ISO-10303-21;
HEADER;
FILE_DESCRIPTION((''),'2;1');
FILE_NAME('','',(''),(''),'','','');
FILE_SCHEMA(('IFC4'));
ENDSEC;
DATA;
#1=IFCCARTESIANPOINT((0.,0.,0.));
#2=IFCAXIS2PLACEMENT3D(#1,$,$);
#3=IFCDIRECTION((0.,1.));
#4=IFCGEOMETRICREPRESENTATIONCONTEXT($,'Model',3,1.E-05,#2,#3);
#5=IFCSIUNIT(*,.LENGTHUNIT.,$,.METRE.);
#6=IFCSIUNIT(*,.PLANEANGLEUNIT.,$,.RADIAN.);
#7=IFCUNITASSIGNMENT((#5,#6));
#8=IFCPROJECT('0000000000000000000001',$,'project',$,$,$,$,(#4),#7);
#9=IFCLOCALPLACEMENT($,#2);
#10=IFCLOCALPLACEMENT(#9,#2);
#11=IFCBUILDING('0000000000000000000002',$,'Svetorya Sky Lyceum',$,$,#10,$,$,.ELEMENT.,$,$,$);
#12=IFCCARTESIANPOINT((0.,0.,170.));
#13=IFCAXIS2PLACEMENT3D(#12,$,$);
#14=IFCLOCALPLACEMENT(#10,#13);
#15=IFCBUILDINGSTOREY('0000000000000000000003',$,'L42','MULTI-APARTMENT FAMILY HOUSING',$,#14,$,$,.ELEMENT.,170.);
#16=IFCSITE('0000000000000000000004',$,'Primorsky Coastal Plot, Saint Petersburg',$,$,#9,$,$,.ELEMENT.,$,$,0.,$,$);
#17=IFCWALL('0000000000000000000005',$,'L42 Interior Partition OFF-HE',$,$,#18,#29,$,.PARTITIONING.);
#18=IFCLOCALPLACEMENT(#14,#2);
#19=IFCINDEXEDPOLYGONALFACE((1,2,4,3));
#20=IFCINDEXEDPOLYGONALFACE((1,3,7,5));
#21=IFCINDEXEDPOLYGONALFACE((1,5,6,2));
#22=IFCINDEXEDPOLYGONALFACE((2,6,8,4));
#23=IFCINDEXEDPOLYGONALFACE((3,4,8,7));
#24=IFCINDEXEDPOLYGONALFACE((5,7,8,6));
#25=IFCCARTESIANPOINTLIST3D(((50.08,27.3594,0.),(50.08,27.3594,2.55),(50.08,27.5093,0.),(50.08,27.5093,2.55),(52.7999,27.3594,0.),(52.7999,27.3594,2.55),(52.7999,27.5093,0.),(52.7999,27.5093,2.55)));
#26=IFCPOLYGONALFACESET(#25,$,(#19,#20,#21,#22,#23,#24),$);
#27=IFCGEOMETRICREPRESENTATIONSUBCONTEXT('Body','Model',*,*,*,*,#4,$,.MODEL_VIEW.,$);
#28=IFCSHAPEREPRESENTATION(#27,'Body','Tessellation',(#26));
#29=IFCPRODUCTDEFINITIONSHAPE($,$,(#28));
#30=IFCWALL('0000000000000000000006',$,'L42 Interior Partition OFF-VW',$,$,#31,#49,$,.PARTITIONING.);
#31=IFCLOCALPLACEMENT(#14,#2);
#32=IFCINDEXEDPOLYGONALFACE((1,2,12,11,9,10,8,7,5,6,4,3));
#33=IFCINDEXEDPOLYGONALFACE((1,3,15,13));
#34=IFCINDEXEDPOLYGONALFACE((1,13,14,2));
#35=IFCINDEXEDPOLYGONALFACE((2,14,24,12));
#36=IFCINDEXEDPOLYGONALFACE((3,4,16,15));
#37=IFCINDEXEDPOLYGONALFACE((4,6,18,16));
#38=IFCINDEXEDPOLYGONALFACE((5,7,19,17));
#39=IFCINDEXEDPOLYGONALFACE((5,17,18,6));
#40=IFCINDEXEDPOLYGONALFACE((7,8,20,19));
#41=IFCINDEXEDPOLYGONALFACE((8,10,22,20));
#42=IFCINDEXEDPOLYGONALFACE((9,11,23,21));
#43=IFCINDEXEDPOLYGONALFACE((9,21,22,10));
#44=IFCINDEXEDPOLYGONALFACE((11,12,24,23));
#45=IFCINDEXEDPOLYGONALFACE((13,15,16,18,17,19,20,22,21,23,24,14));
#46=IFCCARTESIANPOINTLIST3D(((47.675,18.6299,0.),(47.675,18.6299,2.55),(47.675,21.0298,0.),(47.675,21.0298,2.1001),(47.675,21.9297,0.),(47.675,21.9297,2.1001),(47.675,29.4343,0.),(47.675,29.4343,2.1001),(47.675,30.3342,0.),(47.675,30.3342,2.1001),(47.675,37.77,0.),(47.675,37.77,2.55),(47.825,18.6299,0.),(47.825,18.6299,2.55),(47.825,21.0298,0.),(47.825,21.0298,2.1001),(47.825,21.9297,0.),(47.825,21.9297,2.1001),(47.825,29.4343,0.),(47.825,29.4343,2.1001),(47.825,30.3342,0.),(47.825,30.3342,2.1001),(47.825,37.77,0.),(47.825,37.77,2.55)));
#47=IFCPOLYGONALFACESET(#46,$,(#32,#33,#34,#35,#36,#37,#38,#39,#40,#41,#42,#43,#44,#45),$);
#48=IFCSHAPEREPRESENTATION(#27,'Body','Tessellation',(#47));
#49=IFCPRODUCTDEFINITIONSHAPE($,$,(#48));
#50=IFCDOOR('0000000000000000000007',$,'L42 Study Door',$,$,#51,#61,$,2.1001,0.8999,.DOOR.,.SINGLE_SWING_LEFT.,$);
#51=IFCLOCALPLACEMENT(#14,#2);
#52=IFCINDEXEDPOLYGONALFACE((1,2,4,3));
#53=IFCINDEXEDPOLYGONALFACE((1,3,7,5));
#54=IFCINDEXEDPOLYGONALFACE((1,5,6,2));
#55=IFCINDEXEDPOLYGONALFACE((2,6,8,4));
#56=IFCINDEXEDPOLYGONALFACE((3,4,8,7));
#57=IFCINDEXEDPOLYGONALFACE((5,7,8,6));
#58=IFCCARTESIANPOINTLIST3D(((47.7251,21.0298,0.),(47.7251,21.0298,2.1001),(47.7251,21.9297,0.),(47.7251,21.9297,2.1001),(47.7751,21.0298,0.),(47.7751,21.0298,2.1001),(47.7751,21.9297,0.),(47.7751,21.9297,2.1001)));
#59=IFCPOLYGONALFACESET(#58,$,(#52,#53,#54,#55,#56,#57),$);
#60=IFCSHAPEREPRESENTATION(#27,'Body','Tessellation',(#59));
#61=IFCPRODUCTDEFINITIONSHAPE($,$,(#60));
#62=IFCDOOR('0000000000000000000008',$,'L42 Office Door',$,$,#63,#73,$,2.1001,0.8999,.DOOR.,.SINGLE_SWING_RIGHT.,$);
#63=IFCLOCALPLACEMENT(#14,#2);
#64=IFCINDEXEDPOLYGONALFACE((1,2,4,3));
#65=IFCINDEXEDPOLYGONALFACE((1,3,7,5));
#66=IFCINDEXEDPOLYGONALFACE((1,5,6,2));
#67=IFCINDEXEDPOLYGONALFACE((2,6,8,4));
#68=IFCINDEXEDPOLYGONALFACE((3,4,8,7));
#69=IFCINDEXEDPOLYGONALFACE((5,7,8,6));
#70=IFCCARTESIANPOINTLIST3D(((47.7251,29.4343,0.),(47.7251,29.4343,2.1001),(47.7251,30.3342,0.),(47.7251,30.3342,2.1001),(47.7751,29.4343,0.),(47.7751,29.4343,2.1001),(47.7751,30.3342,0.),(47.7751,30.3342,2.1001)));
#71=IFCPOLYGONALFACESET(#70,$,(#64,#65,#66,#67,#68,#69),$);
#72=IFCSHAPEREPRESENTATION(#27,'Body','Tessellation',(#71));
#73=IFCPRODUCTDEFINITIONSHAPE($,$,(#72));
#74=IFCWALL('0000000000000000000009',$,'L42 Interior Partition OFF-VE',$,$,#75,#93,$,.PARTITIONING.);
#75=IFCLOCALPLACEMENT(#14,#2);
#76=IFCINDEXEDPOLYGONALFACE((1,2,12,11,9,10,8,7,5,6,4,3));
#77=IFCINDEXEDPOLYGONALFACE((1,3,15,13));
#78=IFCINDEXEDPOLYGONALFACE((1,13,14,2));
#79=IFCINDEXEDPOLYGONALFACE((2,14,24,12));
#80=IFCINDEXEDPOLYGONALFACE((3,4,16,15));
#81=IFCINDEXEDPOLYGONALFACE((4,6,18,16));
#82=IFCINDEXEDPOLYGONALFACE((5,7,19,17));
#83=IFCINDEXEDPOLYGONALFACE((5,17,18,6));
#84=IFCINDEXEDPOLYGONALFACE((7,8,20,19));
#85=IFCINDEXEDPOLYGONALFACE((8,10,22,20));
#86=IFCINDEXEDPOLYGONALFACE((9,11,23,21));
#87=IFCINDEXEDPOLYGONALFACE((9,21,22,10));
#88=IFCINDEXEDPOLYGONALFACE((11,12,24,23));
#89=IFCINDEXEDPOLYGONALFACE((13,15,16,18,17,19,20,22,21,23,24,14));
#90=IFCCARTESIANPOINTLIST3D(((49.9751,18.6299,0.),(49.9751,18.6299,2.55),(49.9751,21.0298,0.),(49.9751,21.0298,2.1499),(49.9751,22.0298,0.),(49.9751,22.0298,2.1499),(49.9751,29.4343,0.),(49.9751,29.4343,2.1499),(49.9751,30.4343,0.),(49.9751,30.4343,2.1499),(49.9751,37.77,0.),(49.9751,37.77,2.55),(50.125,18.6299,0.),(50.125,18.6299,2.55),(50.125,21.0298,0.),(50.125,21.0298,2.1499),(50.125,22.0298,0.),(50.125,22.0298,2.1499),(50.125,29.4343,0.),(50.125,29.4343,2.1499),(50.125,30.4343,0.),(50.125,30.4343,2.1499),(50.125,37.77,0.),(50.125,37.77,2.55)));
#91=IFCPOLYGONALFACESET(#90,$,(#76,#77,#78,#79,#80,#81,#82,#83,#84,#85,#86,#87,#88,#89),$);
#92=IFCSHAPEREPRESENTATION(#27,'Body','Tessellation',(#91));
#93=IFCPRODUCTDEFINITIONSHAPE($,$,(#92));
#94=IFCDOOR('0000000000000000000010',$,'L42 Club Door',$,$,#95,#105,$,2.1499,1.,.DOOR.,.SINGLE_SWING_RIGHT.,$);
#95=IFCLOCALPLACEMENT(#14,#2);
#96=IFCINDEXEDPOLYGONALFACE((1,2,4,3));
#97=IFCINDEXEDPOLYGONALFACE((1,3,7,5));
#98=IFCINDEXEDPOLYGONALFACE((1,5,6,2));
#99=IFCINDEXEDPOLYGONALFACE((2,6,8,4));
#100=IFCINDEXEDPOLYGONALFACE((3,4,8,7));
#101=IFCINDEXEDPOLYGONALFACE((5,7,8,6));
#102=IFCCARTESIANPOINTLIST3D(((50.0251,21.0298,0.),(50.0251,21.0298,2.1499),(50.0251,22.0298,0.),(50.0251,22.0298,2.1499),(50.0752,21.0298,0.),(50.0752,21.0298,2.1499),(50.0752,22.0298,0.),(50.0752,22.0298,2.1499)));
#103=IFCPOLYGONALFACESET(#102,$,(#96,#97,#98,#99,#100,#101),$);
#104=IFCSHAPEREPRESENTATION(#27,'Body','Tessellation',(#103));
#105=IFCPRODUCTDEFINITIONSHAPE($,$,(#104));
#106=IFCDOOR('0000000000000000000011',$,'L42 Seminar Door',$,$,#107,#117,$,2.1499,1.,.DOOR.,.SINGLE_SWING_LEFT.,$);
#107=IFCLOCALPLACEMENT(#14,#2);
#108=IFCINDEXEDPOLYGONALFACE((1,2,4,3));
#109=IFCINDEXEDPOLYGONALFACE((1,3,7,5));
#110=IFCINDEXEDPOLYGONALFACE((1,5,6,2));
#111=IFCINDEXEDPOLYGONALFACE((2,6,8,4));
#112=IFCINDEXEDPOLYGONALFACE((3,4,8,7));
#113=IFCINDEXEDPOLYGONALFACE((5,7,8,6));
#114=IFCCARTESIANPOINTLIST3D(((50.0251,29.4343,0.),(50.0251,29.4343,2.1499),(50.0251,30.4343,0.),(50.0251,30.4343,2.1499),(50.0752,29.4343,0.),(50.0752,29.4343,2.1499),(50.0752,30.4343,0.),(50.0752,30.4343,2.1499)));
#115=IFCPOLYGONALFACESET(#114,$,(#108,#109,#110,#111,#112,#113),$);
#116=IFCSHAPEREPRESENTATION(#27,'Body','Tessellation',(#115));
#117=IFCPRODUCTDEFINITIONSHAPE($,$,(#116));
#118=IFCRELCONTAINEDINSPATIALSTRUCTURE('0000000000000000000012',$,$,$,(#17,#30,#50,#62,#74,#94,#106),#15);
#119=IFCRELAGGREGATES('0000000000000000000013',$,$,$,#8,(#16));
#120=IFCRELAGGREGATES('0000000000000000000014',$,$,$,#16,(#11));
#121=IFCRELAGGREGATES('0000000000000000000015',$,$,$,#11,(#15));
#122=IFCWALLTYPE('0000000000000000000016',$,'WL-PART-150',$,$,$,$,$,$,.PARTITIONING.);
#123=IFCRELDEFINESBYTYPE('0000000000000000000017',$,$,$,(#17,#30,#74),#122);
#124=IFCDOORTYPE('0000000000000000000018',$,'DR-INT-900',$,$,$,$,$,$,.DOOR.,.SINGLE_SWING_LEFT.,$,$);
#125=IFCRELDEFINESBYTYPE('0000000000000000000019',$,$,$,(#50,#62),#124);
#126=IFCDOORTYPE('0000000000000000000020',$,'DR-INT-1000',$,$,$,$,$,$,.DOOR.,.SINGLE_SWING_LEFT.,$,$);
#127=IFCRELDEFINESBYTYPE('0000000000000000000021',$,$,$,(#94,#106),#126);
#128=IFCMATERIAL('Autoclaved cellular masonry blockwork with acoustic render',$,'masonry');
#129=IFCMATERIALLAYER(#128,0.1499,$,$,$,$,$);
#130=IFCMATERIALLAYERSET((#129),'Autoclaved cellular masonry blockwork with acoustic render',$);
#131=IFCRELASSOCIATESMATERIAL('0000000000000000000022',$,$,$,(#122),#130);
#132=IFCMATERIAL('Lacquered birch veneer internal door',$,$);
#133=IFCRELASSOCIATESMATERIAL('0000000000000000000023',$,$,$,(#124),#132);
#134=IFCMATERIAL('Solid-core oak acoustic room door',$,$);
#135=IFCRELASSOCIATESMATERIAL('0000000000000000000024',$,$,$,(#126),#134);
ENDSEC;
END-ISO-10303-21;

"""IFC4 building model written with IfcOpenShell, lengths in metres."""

from ifc_helpers import new_model, si_unit, direction, frame, frame_2d, origin, place, context, subcontext, project, spatial, rectangle, extrude, material, layer, layer_set, type_object, element, fill, save


model = new_model("IFC4")

# Units and contexts
model_context = context("Model", 3, precision=1e-05, world=origin(), true_north=direction((0.0, 1.0)))
body_context = subcontext(model_context, "Body", "Model", "MODEL_VIEW")
ifc_project = project(units=[si_unit("LENGTHUNIT", "METRE"), si_unit("PLANEANGLEUNIT", "RADIAN")], contexts=[model_context])

# Site, building, storey
site_placement = place(None, origin())
site = spatial("IfcSite", under=ifc_project, at=site_placement, Name="Primorsky Coastal Plot, Saint Petersburg", CompositionType="ELEMENT", RefElevation=0.0)
building_placement = place(site_placement, origin())
building = spatial("IfcBuilding", under=site, at=building_placement, Name="Svetorya Sky Lyceum", CompositionType="ELEMENT")
storey_placement = place(building_placement, frame((0.0, 0.0, 170.0)))
storey = spatial("IfcBuildingStorey", under=building, at=storey_placement, Name="L42", Description="MULTI-APARTMENT FAMILY HOUSING", CompositionType="ELEMENT", Elevation=170.0)

# Wall
ifc_material_1 = material(Name="Autoclaved cellular masonry blockwork with acoustic render", Category="masonry")
ifc_layer_1 = layer(ifc_material_1, 0.1499)
ifc_layer_set_1 = layer_set([ifc_layer_1], Name="Autoclaved cellular masonry blockwork with acoustic render")
wall_type_1 = type_object("IfcWallType", Name="WL-PART-150", PredefinedType="PARTITIONING", material=ifc_layer_set_1)
wall_1_placement = place(storey_placement, frame((50.0801, 27.4343, 0.0), z_axis=(0.0, 0.0, 1.0), x_axis=(1.0, 0.0, 0.0)))
element("IfcWall", 1, at=wall_1_placement, inside=storey, type_object=wall_type_1, Name="L42 Interior Partition OFF-HE", PredefinedType="PARTITIONING", context=body_context, shape_type="SweptSolid", body=[
    extrude(rectangle(XDim=2.72, YDim=0.1499, at=frame_2d((1.3599, 0.0))), origin(), (0.0, 0.0, 1.0), 2.55),
])

# Walls, openings, doors
wall_2_placement = place(storey_placement, frame((47.75, 18.6299, 0.0), z_axis=(0.0, 0.0, 1.0), x_axis=(0.0, 1.0, 0.0)))
wall_2 = element("IfcWall", 2, at=wall_2_placement, inside=storey, type_object=wall_type_1, Name="L42 Interior Partition OFF-VW", PredefinedType="PARTITIONING", context=body_context, shape_type="SweptSolid", body=[
    extrude(rectangle(XDim=19.1401, YDim=0.1499, at=frame_2d((9.5701, 0.0))), origin(), (0.0, 0.0, 1.0), 2.55),
])
opening_1_placement = place(wall_2_placement, frame((2.3999, 0.0, 0.0)))
opening_1 = element("IfcOpeningElement", 3, at=opening_1_placement, cuts=wall_2, PredefinedType="OPENING", context=body_context, shape_type="SweptSolid", body=[
    extrude(rectangle(XDim=0.8999, YDim=2.1001, at=frame_2d((0.45, 1.05))), frame((0.0, 0.085, 0.0), z_axis=(0.0, -1.0, 0.0), x_axis=(1.0, 0.0, 0.0)), (0.0, 0.0, 1.0), 0.1699),
])
opening_2_placement = place(wall_2_placement, frame((10.8044, 0.0, 0.0)))
opening_2 = element("IfcOpeningElement", 4, at=opening_2_placement, cuts=wall_2, PredefinedType="OPENING", context=body_context, shape_type="SweptSolid", body=[
    extrude(rectangle(XDim=0.8999, YDim=2.1001, at=frame_2d((0.45, 1.05))), frame((0.0, 0.085, 0.0), z_axis=(0.0, -1.0, 0.0), x_axis=(1.0, 0.0, 0.0)), (0.0, 0.0, 1.0), 0.1699),
])
ifc_material_2 = material(Name="Lacquered birch veneer internal door")
door_type_1 = type_object("IfcDoorType", Name="DR-INT-900", OperationType="SINGLE_SWING_LEFT", PredefinedType="DOOR", material=ifc_material_2)
door_1_placement = place(opening_1_placement, origin())
door_1 = element("IfcDoor", 5, at=door_1_placement, inside=storey, type_object=door_type_1, Name="L42 Study Door", OperationType="SINGLE_SWING_LEFT", OverallHeight=2.1001, OverallWidth=0.8999, PredefinedType="DOOR", context=body_context, shape_type="SweptSolid", body=[
    extrude(rectangle(XDim=0.8999, YDim=2.1001, at=frame_2d((0.45, 1.05))), frame((0.0, 0.0249, 0.0), z_axis=(0.0, -1.0, 0.0), x_axis=(1.0, 0.0, 0.0)), (0.0, 0.0, 1.0), 0.05),
])
fill(opening_1, door_1)
door_2_placement = place(opening_2_placement, origin())
door_2 = element("IfcDoor", 6, at=door_2_placement, inside=storey, type_object=door_type_1, Name="L42 Office Door", OperationType="SINGLE_SWING_RIGHT", OverallHeight=2.1001, OverallWidth=0.8999, PredefinedType="DOOR", context=body_context, shape_type="SweptSolid", body=[
    extrude(rectangle(XDim=0.8999, YDim=2.1001, at=frame_2d((0.45, 1.05))), frame((0.0, 0.0249, 0.0), z_axis=(0.0, -1.0, 0.0), x_axis=(1.0, 0.0, 0.0)), (0.0, 0.0, 1.0), 0.05),
])
fill(opening_2, door_2)
wall_3_placement = place(storey_placement, frame((50.05, 18.6299, 0.0), z_axis=(0.0, 0.0, 1.0), x_axis=(0.0, 1.0, 0.0)))
wall_3 = element("IfcWall", 7, at=wall_3_placement, inside=storey, type_object=wall_type_1, Name="L42 Interior Partition OFF-VE", PredefinedType="PARTITIONING", context=body_context, shape_type="SweptSolid", body=[
    extrude(rectangle(XDim=19.1401, YDim=0.1499, at=frame_2d((9.5701, 0.0))), origin(), (0.0, 0.0, 1.0), 2.55),
])
opening_3_placement = place(wall_3_placement, frame((2.3999, 0.0, 0.0)))
opening_3 = element("IfcOpeningElement", 8, at=opening_3_placement, cuts=wall_3, PredefinedType="OPENING", context=body_context, shape_type="SweptSolid", body=[
    extrude(rectangle(XDim=1.0, YDim=2.1499, at=frame_2d((0.5, 1.075))), frame((0.0, 0.085, 0.0), z_axis=(0.0, -1.0, 0.0), x_axis=(1.0, 0.0, 0.0)), (0.0, 0.0, 1.0), 0.1699),
])
opening_4_placement = place(wall_3_placement, frame((10.8044, 0.0, 0.0)))
opening_4 = element("IfcOpeningElement", 9, at=opening_4_placement, cuts=wall_3, PredefinedType="OPENING", context=body_context, shape_type="SweptSolid", body=[
    extrude(rectangle(XDim=1.0, YDim=2.1499, at=frame_2d((0.5, 1.075))), frame((0.0, 0.085, 0.0), z_axis=(0.0, -1.0, 0.0), x_axis=(1.0, 0.0, 0.0)), (0.0, 0.0, 1.0), 0.1699),
])
ifc_material_3 = material(Name="Solid-core oak acoustic room door")
door_type_2 = type_object("IfcDoorType", Name="DR-INT-1000", OperationType="SINGLE_SWING_LEFT", PredefinedType="DOOR", material=ifc_material_3)
door_3_placement = place(opening_3_placement, origin())
door_3 = element("IfcDoor", 10, at=door_3_placement, inside=storey, type_object=door_type_2, Name="L42 Club Door", OperationType="SINGLE_SWING_RIGHT", OverallHeight=2.1499, OverallWidth=1.0, PredefinedType="DOOR", context=body_context, shape_type="SweptSolid", body=[
    extrude(rectangle(XDim=1.0, YDim=2.1499, at=frame_2d((0.5, 1.075))), frame((0.0, 0.0249, 0.0), z_axis=(0.0, -1.0, 0.0), x_axis=(1.0, 0.0, 0.0)), (0.0, 0.0, 1.0), 0.05),
])
fill(opening_3, door_3)
door_4_placement = place(opening_4_placement, origin())
door_4 = element("IfcDoor", 11, at=door_4_placement, inside=storey, type_object=door_type_2, Name="L42 Seminar Door", OperationType="SINGLE_SWING_LEFT", OverallHeight=2.1499, OverallWidth=1.0, PredefinedType="DOOR", context=body_context, shape_type="SweptSolid", body=[
    extrude(rectangle(XDim=1.0, YDim=2.1499, at=frame_2d((0.5, 1.075))), frame((0.0, 0.0249, 0.0), z_axis=(0.0, -1.0, 0.0), x_axis=(1.0, 0.0, 0.0)), (0.0, 0.0, 1.0), 0.05),
])
fill(opening_4, door_4)

save(model, "model.ifc")
